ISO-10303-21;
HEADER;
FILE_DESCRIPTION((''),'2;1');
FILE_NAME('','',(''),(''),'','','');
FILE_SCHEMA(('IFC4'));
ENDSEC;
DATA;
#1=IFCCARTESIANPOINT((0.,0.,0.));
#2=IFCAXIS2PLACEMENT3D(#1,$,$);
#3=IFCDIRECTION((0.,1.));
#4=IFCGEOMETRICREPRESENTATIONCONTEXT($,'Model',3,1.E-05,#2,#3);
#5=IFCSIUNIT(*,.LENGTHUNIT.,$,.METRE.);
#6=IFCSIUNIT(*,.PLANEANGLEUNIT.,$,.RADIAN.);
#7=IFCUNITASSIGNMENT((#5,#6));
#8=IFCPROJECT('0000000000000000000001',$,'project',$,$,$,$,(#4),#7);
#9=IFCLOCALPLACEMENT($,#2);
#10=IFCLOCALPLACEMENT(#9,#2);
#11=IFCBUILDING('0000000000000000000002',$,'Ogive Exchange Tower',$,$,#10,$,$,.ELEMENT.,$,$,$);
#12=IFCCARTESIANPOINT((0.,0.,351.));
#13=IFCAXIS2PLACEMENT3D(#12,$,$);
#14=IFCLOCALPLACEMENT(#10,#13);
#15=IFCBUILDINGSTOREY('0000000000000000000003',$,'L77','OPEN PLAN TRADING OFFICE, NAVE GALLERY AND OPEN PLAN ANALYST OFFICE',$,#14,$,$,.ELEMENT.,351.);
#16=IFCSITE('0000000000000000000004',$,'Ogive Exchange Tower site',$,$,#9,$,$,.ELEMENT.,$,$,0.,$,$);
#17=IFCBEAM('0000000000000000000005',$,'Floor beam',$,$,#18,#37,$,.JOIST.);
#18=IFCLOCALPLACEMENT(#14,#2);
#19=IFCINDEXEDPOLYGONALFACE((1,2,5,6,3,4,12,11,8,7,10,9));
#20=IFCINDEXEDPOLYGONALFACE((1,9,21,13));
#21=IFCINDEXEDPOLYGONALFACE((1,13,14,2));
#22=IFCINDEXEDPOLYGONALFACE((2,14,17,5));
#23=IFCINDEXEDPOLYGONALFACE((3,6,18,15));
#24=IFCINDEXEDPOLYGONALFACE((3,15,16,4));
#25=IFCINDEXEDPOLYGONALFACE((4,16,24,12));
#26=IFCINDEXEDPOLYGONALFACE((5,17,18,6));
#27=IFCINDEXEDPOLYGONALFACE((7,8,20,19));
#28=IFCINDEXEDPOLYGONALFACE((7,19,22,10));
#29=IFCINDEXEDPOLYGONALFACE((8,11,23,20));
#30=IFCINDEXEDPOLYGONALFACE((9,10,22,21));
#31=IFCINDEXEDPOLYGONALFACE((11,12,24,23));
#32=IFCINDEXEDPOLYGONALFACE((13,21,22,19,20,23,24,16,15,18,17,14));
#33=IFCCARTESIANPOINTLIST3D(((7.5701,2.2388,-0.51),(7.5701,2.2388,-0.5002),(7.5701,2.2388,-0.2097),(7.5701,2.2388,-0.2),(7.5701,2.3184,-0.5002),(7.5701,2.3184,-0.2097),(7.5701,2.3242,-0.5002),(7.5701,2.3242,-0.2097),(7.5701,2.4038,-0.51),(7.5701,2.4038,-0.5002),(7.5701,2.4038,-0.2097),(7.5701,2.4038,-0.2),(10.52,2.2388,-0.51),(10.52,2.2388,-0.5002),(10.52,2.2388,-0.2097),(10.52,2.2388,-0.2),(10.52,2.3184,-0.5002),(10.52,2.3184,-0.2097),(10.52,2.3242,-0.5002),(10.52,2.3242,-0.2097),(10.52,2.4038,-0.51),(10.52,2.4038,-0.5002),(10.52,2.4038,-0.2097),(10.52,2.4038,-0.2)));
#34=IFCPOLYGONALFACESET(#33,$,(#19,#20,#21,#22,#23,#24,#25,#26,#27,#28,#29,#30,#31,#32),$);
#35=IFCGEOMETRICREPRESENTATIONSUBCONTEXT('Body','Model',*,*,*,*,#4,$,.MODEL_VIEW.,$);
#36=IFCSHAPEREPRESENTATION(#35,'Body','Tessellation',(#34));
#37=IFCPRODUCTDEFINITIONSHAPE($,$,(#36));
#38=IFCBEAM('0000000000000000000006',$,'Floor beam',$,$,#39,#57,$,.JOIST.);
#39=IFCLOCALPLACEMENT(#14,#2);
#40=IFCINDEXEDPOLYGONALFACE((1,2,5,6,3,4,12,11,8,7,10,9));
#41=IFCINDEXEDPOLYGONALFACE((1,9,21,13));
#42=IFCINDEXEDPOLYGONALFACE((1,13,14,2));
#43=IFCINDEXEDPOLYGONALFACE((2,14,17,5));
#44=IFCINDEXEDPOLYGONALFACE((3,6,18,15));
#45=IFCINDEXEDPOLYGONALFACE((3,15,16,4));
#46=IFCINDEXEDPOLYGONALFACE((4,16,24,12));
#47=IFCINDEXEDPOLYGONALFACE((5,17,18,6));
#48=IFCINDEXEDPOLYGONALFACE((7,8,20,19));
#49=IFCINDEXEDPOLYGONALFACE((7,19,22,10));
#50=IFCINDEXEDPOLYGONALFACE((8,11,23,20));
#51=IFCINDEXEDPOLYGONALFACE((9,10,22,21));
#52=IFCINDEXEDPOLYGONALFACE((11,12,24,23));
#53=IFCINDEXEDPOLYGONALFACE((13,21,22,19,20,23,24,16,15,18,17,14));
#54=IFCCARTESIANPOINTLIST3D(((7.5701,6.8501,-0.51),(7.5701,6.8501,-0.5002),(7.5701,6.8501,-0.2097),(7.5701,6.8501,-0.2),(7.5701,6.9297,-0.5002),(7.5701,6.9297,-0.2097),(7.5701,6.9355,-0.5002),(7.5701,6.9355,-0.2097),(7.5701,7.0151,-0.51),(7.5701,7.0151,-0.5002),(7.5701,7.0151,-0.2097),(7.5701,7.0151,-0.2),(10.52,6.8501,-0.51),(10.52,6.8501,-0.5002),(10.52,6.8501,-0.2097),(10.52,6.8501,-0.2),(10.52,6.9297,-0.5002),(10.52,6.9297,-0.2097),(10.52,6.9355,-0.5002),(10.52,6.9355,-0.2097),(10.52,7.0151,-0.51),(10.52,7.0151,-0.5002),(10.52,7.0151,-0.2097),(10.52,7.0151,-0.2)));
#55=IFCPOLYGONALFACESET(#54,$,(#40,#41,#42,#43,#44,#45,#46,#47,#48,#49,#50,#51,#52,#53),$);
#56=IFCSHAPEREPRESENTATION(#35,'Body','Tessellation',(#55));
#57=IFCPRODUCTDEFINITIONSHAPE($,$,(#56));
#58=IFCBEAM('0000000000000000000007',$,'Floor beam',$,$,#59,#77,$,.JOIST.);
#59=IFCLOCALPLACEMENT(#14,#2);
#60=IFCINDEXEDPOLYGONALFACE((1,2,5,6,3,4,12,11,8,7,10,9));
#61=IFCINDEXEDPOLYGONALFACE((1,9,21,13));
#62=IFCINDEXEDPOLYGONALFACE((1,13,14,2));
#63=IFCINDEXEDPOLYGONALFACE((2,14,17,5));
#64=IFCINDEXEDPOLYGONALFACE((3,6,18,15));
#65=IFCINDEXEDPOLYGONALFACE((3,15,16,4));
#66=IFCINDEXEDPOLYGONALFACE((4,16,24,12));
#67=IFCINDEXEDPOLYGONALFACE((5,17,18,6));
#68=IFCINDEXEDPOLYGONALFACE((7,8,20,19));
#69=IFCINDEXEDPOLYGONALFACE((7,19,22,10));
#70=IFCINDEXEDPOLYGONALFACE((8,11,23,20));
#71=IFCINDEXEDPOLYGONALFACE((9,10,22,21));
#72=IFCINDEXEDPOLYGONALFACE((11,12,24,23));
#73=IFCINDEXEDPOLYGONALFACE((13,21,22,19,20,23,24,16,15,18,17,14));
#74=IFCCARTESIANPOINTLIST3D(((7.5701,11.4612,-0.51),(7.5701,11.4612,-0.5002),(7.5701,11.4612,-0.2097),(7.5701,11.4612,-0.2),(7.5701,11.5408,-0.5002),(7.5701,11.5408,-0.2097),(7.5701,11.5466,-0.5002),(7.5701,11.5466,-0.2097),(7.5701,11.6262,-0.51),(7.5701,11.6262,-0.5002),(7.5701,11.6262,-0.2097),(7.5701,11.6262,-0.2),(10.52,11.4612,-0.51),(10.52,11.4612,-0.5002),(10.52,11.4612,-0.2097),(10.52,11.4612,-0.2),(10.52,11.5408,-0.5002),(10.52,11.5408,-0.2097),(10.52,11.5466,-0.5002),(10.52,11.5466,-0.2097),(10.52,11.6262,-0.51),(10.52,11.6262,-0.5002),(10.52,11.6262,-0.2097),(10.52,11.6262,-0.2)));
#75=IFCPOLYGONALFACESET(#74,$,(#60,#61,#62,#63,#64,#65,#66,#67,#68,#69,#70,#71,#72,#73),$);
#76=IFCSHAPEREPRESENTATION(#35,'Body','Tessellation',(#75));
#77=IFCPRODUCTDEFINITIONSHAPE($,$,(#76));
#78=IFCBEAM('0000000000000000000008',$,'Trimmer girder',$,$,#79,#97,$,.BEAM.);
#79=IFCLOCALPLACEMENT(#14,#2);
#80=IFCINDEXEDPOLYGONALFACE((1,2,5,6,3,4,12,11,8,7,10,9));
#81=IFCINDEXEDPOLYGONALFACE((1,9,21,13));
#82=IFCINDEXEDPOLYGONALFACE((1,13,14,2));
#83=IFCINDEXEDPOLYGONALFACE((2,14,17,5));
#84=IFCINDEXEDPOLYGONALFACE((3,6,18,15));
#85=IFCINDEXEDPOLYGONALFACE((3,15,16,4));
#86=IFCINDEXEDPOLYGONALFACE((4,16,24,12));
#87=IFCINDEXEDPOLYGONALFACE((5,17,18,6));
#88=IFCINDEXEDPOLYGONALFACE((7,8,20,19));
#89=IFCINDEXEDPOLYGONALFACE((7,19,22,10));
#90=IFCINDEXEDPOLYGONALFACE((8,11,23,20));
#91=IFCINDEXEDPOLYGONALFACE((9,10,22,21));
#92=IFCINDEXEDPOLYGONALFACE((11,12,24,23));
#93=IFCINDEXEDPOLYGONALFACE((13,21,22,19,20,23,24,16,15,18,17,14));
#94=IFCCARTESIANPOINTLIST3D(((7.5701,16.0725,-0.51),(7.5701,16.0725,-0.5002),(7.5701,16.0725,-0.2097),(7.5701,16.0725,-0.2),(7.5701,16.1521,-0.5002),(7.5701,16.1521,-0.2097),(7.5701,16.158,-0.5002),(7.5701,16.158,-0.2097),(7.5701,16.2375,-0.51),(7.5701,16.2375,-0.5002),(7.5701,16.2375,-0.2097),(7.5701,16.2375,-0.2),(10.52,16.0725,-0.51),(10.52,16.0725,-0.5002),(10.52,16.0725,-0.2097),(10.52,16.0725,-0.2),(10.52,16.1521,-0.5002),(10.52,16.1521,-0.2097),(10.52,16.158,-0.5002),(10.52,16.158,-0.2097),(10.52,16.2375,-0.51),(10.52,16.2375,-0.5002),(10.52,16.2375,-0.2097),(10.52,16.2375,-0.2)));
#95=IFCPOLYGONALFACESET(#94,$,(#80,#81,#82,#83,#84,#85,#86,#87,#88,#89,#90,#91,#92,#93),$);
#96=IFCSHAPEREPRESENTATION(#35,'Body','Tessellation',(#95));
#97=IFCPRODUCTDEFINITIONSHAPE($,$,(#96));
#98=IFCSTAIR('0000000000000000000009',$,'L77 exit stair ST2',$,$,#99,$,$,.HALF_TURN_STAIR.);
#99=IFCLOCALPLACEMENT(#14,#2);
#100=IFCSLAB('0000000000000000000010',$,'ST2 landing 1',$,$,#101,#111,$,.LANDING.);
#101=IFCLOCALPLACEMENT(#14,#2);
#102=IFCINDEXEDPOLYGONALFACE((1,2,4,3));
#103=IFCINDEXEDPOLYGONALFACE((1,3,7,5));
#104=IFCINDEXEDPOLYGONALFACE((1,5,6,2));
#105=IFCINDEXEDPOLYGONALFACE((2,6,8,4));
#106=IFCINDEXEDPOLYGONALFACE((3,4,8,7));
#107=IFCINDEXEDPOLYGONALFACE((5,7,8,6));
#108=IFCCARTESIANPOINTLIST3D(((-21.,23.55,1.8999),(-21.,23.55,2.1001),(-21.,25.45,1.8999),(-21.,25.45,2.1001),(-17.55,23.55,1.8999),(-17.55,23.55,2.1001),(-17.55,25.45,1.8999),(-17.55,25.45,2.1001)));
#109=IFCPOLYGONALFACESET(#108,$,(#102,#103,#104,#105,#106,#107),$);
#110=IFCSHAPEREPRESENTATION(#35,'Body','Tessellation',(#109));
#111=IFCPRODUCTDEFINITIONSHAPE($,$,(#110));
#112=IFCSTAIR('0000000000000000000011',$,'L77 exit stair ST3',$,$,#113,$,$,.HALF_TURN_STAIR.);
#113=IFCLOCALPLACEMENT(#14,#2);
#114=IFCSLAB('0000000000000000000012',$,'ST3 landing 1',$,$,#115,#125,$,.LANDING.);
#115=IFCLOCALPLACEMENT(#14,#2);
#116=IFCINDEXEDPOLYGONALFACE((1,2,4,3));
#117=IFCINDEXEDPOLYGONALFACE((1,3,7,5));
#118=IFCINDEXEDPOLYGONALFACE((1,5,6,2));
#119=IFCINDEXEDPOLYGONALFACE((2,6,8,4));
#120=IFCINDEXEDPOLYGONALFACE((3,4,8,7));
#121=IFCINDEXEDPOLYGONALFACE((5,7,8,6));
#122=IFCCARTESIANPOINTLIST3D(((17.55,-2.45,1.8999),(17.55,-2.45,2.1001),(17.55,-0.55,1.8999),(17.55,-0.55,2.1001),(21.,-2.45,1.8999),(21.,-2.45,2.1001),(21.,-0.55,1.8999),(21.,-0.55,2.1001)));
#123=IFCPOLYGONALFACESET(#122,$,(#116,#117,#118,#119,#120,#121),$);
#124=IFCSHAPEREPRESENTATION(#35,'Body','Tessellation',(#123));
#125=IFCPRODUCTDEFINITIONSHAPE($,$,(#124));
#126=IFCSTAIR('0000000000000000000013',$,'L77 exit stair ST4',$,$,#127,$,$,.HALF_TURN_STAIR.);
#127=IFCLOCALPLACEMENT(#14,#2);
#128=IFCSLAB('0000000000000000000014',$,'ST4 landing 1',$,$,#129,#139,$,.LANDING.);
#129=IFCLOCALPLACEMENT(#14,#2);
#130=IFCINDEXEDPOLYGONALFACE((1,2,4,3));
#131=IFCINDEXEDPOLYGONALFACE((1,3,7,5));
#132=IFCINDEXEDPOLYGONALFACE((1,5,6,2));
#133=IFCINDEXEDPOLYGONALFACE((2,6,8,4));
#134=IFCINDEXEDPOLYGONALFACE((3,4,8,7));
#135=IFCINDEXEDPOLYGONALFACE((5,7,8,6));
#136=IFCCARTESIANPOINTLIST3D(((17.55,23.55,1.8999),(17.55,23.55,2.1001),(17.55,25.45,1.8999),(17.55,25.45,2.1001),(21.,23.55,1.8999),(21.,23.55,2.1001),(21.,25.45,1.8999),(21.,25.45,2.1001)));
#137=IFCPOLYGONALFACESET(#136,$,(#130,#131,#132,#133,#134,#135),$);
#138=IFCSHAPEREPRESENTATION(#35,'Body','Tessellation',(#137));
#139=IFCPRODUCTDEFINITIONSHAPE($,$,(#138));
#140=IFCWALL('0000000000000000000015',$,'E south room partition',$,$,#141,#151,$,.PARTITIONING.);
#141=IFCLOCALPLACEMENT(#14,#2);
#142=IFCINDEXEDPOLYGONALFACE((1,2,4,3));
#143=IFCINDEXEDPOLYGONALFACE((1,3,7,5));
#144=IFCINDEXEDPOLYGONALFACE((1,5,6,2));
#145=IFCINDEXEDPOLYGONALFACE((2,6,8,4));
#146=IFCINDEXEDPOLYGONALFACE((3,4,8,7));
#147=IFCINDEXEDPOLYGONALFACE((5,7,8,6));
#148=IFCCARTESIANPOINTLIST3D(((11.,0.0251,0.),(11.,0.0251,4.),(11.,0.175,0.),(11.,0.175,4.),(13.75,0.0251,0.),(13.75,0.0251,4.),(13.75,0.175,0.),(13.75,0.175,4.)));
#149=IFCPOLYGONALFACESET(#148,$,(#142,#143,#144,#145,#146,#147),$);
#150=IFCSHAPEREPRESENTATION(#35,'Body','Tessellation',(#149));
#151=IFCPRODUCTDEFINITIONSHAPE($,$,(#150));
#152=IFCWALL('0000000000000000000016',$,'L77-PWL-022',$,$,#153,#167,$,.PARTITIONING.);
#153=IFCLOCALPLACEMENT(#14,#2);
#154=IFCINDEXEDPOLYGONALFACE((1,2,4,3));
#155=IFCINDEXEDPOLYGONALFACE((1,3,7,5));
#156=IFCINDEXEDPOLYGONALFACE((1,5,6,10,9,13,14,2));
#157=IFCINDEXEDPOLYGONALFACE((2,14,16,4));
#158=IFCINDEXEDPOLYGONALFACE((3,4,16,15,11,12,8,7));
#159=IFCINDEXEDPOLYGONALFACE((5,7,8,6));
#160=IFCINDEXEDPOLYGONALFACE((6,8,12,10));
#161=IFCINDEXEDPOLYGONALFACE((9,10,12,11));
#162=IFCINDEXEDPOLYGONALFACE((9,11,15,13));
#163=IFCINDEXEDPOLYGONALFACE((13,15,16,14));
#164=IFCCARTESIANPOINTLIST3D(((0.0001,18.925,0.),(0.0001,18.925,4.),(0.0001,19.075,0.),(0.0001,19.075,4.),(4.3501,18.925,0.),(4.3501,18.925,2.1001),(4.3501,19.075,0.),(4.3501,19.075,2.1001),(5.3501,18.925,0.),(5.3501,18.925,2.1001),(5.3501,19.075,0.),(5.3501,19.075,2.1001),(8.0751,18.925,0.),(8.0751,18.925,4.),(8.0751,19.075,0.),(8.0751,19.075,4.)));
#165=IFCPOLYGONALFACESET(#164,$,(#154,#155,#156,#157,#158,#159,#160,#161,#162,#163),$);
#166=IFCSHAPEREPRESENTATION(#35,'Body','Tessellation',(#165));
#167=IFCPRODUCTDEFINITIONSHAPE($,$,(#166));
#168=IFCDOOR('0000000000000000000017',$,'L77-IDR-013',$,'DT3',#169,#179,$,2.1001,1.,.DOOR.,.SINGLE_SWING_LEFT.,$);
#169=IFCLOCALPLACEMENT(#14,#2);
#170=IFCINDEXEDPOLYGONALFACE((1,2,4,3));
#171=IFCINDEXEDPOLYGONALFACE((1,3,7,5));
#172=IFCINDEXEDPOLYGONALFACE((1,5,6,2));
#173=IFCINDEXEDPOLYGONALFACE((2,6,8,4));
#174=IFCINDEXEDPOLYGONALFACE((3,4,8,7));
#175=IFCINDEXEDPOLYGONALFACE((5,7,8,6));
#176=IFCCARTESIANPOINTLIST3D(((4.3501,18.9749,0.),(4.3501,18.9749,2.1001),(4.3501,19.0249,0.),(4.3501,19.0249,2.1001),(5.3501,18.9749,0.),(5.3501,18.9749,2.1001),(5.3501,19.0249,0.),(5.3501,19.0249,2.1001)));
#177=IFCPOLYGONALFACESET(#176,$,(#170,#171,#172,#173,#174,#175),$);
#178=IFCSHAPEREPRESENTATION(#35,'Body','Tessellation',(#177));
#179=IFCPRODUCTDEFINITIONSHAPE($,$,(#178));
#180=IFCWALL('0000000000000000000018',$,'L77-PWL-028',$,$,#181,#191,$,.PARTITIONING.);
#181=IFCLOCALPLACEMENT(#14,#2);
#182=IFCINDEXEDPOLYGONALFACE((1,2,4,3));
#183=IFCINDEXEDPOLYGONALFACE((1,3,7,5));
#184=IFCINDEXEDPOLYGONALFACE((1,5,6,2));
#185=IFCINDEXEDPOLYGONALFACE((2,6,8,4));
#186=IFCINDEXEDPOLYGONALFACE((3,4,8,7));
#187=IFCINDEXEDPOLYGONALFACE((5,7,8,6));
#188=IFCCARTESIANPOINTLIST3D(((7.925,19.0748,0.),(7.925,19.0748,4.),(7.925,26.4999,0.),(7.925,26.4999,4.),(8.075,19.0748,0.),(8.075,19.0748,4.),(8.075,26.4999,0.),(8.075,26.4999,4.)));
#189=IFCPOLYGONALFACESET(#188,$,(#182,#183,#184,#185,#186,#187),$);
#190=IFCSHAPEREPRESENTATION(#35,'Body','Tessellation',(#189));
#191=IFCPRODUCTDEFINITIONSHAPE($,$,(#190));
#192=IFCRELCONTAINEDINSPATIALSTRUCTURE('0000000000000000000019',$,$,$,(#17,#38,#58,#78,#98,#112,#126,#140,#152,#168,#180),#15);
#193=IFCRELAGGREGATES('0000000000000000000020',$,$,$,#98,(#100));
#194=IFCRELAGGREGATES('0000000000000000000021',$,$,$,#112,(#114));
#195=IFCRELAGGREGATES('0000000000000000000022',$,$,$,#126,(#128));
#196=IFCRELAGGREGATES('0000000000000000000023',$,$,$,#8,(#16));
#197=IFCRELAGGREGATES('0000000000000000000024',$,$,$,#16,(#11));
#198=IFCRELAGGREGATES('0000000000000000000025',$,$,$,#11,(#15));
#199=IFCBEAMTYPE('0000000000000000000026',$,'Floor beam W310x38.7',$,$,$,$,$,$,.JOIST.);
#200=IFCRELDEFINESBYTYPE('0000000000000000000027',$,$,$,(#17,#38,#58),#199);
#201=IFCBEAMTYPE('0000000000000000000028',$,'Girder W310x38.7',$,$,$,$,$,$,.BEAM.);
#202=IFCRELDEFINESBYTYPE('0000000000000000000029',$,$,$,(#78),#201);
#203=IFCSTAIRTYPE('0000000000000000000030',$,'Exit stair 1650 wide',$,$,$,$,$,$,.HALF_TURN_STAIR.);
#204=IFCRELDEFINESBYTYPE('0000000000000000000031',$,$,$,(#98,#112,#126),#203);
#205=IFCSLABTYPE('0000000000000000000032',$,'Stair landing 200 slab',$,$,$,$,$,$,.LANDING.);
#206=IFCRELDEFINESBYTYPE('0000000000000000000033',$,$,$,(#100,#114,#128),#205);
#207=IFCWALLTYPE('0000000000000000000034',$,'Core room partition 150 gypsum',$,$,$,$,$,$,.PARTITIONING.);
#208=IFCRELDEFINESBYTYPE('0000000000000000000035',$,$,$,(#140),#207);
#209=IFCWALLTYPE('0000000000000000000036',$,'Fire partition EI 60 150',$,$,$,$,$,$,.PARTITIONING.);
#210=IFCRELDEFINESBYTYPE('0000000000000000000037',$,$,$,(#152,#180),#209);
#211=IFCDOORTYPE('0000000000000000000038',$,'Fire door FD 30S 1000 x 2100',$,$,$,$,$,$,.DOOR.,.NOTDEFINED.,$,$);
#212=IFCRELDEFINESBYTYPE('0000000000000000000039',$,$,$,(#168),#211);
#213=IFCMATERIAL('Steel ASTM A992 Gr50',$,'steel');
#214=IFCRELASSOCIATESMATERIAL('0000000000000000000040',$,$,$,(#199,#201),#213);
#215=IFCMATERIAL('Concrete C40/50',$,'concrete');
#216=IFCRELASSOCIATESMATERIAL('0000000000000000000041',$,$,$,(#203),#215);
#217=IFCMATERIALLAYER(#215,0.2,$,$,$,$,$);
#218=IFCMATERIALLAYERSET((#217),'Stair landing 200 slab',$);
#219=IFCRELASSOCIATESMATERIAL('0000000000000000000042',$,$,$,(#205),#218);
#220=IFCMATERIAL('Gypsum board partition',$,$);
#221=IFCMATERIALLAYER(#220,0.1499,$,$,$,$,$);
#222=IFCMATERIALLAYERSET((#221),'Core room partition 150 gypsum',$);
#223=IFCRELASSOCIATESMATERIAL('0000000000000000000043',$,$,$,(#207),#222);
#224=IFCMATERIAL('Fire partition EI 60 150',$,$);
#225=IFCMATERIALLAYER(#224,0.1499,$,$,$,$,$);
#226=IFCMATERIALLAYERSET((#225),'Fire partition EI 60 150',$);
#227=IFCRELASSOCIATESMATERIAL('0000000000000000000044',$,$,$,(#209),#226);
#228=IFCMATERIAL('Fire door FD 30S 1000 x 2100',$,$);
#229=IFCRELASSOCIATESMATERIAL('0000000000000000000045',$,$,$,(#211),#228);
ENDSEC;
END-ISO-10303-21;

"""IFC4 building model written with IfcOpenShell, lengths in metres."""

from ifc_helpers import new_model, si_unit, direction, frame, frame_2d, origin, origin_2d, place, context, subcontext, project, spatial, polyline, rectangle, i_section, outline, extrude, material, layer, layer_set, material_profile, profile_set, type_object, element, fill, aggregate, save


model = new_model("IFC4")

# Units and contexts
model_context = context("Model", 3, precision=1e-05, world=origin(), true_north=direction((0.0, 1.0)))
body_context = subcontext(model_context, "Body", "Model", "MODEL_VIEW")
ifc_project = project(units=[si_unit("LENGTHUNIT", "METRE"), si_unit("PLANEANGLEUNIT", "RADIAN")], contexts=[model_context])

# Site, building, storey
site_placement = place(None, origin())
site = spatial("IfcSite", under=ifc_project, at=site_placement, Name="Ogive Exchange Tower site", CompositionType="ELEMENT", RefElevation=0.0)
building_placement = place(site_placement, origin())
building = spatial("IfcBuilding", under=site, at=building_placement, Name="Ogive Exchange Tower", CompositionType="ELEMENT")
storey_placement = place(building_placement, frame((0.0, 0.0, 351.0)))
storey = spatial("IfcBuildingStorey", under=building, at=storey_placement, Name="L77", Description="OPEN PLAN TRADING OFFICE, NAVE GALLERY AND OPEN PLAN ANALYST OFFICE", CompositionType="ELEMENT", Elevation=351.0)

# Beams
ifc_material_1 = material(Name="Steel ASTM A992 Gr50", Category="steel")
ifc_material_profile_1 = material_profile(ifc_material_1, i_section(OverallWidth=0.165, OverallDepth=0.3101, WebThickness=0.0059, FlangeThickness=0.0098, at=origin_2d()), Name="W310x38.7")
ifc_profile_set_1 = profile_set([ifc_material_profile_1], Name="Steel ASTM A992 Gr50")
beam_type_1 = type_object("IfcBeamType", Name="Floor beam W310x38.7", PredefinedType="JOIST", material=ifc_profile_set_1)
for number, where, z_axis, x_axis, name in (
    (1, (7.5701, 2.3213, -0.355), (1.0, 0.0, 0.0), (0.0, 1.0, 0.0), "Floor beam"),
    (2, (7.5701, 6.9326, -0.355), (1.0, 0.0, 0.0), (0.0, 1.0, 0.0), "Floor beam"),
    (3, (7.5701, 11.5437, -0.355), (1.0, 0.0, 0.0), (0.0, 1.0, 0.0), "Floor beam"),
):
    element("IfcBeam", number, at=place(storey_placement, frame(where, z_axis=z_axis, x_axis=x_axis)), inside=storey, type_object=beam_type_1, Name=name, PredefinedType="JOIST", context=body_context, shape_type="SweptSolid", body=[
        extrude(i_section(OverallWidth=0.165, OverallDepth=0.3101, WebThickness=0.0059, FlangeThickness=0.0098, at=origin_2d()), origin(), (0.0, 0.0, 1.0), 2.95),
    ])
ifc_material_profile_2 = material_profile(ifc_material_1, i_section(OverallWidth=0.165, OverallDepth=0.3101, WebThickness=0.0059, FlangeThickness=0.0098, at=origin_2d()), Name="W310x38.7")
ifc_profile_set_2 = profile_set([ifc_material_profile_2], Name="Steel ASTM A992 Gr50")
beam_type_2 = type_object("IfcBeamType", Name="Girder W310x38.7", PredefinedType="BEAM", material=ifc_profile_set_2)
beam_placement = place(storey_placement, frame((7.5701, 16.155, -0.355), z_axis=(1.0, 0.0, 0.0), x_axis=(0.0, 1.0, 0.0)))
element("IfcBeam", 4, at=beam_placement, inside=storey, type_object=beam_type_2, Name="Trimmer girder", PredefinedType="BEAM", context=body_context, shape_type="SweptSolid", body=[
    extrude(i_section(OverallWidth=0.165, OverallDepth=0.3101, WebThickness=0.0059, FlangeThickness=0.0098, at=origin_2d()), origin(), (0.0, 0.0, 1.0), 2.95),
])

# Stairs, slabs
ifc_material_2 = material(Name="Concrete C40/50", Category="concrete")
stair_type = type_object("IfcStairType", Name="Exit stair 1650 wide", PredefinedType="HALF_TURN_STAIR", material=ifc_material_2)
stair_1_placement = place(storey_placement, origin())
stair_1 = element("IfcStair", 5, at=stair_1_placement, inside=storey, type_object=stair_type, Name="L77 exit stair ST2", PredefinedType="HALF_TURN_STAIR")
ifc_layer_1 = layer(ifc_material_2, 0.2)
ifc_layer_set_1 = layer_set([ifc_layer_1], Name="Stair landing 200 slab")
slab_type = type_object("IfcSlabType", Name="Stair landing 200 slab", PredefinedType="LANDING", material=ifc_layer_set_1)
slab_1_placement = place(storey_placement, frame((0.0, 0.0, 1.8999)))
slab_1 = element("IfcSlab", 6, at=slab_1_placement, type_object=slab_type, Name="ST2 landing 1", PredefinedType="LANDING", context=body_context, shape_type="SweptSolid", body=[
    extrude(outline(polyline([(-17.55, 23.55), (-17.55, 25.45), (-21.0, 25.45), (-21.0, 23.55), (-17.55, 23.55)])), origin(), (0.0, 0.0, 1.0), 0.2002),
])
aggregate(stair_1, [slab_1])
stair_2_placement = place(storey_placement, origin())
stair_2 = element("IfcStair", 7, at=stair_2_placement, inside=storey, type_object=stair_type, Name="L77 exit stair ST3", PredefinedType="HALF_TURN_STAIR")
slab_2_placement = place(storey_placement, frame((0.0, 0.0, 1.8999)))
slab_2 = element("IfcSlab", 8, at=slab_2_placement, type_object=slab_type, Name="ST3 landing 1", PredefinedType="LANDING", context=body_context, shape_type="SweptSolid", body=[
    extrude(outline(polyline([(17.55, -0.55), (17.55, -2.45), (21.0, -2.45), (21.0, -0.55), (17.55, -0.55)])), origin(), (0.0, 0.0, 1.0), 0.2002),
])
aggregate(stair_2, [slab_2])
stair_3_placement = place(storey_placement, origin())
stair_3 = element("IfcStair", 9, at=stair_3_placement, inside=storey, type_object=stair_type, Name="L77 exit stair ST4", PredefinedType="HALF_TURN_STAIR")
slab_3_placement = place(storey_placement, frame((0.0, 0.0, 1.8999)))
slab_3 = element("IfcSlab", 10, at=slab_3_placement, type_object=slab_type, Name="ST4 landing 1", PredefinedType="LANDING", context=body_context, shape_type="SweptSolid", body=[
    extrude(outline(polyline([(21.0, 23.55), (21.0, 25.45), (17.55, 25.45), (17.55, 23.55), (21.0, 23.55)])), origin(), (0.0, 0.0, 1.0), 0.2002),
])
aggregate(stair_3, [slab_3])

# Wall
ifc_material_3 = material(Name="Gypsum board partition")
ifc_layer_2 = layer(ifc_material_3, 0.1499)
ifc_layer_set_2 = layer_set([ifc_layer_2], Name="Core room partition 150 gypsum")
wall_type_1 = type_object("IfcWallType", Name="Core room partition 150 gypsum", PredefinedType="PARTITIONING", material=ifc_layer_set_2)
wall_1_placement = place(storey_placement, frame((11.0, 0.1001, 0.0), z_axis=(0.0, 0.0, 1.0), x_axis=(1.0, 0.0, 0.0)))
element("IfcWall", 11, at=wall_1_placement, inside=storey, type_object=wall_type_1, Name="E south room partition", PredefinedType="PARTITIONING", context=body_context, shape_type="SweptSolid", body=[
    extrude(rectangle(XDim=2.75, YDim=0.1499, at=frame_2d((1.375, 0.0))), origin(), (0.0, 0.0, 1.0), 4.0),
])

# Wall, opening, door
ifc_material_4 = material(Name="Fire partition EI 60 150")
ifc_layer_3 = layer(ifc_material_4, 0.1499)
ifc_layer_set_3 = layer_set([ifc_layer_3], Name="Fire partition EI 60 150")
wall_type_2 = type_object("IfcWallType", Name="Fire partition EI 60 150", PredefinedType="PARTITIONING", material=ifc_layer_set_3)
wall_2_placement = place(storey_placement, frame((0.0, 19.0, 0.0), z_axis=(0.0, 0.0, 1.0), x_axis=(1.0, 0.0, 0.0)))
wall_2 = element("IfcWall", 12, at=wall_2_placement, inside=storey, type_object=wall_type_2, Name="L77-PWL-022", PredefinedType="PARTITIONING", context=body_context, shape_type="SweptSolid", body=[
    extrude(rectangle(XDim=8.075, YDim=0.1499, at=frame_2d((4.0376, 0.0))), origin(), (0.0, 0.0, 1.0), 4.0),
])
opening_1_placement = place(wall_2_placement, frame((4.3501, 0.0, 0.0)))
opening_1 = element("IfcOpeningElement", 13, at=opening_1_placement, cuts=wall_2, PredefinedType="OPENING", context=body_context, shape_type="SweptSolid", body=[
    extrude(rectangle(XDim=1.0, YDim=2.1001, at=frame_2d((0.5, 1.05))), frame((0.0, 0.085, 0.0), z_axis=(0.0, -1.0, 0.0), x_axis=(1.0, 0.0, 0.0)), (0.0, 0.0, 1.0), 0.1699),
])
ifc_material_5 = material(Name="Fire door FD 30S 1000 x 2100")
door_type_1 = type_object("IfcDoorType", Name="Fire door FD 30S 1000 x 2100", OperationType="NOTDEFINED", PredefinedType="DOOR", material=ifc_material_5)
door_1_placement = place(opening_1_placement, origin())
door_1 = element("IfcDoor", 14, at=door_1_placement, inside=storey, type_object=door_type_1, Name="L77-IDR-013", ObjectType="DT3", OperationType="SINGLE_SWING_LEFT", OverallHeight=2.1001, OverallWidth=1.0, PredefinedType="DOOR", context=body_context, shape_type="SweptSolid", body=[
    extrude(rectangle(XDim=1.0, YDim=2.1001, at=frame_2d((0.5, 1.05))), frame((0.0, 0.0249, 0.0), z_axis=(0.0, -1.0, 0.0), x_axis=(1.0, 0.0, 0.0)), (0.0, 0.0, 1.0), 0.05),
])
fill(opening_1, door_1)

# Wall
wall_3_placement = place(storey_placement, frame((8.0, 19.075, 0.0), z_axis=(0.0, 0.0, 1.0), x_axis=(0.0, 1.0, 0.0)))
element("IfcWall", 15, at=wall_3_placement, inside=storey, type_object=wall_type_2, Name="L77-PWL-028", PredefinedType="PARTITIONING", context=body_context, shape_type="SweptSolid", body=[
    extrude(rectangle(XDim=7.425, YDim=0.1499, at=frame_2d((3.7124, 0.0))), origin(), (0.0, 0.0, 1.0), 4.0),
])

save(model, "model.ifc")
